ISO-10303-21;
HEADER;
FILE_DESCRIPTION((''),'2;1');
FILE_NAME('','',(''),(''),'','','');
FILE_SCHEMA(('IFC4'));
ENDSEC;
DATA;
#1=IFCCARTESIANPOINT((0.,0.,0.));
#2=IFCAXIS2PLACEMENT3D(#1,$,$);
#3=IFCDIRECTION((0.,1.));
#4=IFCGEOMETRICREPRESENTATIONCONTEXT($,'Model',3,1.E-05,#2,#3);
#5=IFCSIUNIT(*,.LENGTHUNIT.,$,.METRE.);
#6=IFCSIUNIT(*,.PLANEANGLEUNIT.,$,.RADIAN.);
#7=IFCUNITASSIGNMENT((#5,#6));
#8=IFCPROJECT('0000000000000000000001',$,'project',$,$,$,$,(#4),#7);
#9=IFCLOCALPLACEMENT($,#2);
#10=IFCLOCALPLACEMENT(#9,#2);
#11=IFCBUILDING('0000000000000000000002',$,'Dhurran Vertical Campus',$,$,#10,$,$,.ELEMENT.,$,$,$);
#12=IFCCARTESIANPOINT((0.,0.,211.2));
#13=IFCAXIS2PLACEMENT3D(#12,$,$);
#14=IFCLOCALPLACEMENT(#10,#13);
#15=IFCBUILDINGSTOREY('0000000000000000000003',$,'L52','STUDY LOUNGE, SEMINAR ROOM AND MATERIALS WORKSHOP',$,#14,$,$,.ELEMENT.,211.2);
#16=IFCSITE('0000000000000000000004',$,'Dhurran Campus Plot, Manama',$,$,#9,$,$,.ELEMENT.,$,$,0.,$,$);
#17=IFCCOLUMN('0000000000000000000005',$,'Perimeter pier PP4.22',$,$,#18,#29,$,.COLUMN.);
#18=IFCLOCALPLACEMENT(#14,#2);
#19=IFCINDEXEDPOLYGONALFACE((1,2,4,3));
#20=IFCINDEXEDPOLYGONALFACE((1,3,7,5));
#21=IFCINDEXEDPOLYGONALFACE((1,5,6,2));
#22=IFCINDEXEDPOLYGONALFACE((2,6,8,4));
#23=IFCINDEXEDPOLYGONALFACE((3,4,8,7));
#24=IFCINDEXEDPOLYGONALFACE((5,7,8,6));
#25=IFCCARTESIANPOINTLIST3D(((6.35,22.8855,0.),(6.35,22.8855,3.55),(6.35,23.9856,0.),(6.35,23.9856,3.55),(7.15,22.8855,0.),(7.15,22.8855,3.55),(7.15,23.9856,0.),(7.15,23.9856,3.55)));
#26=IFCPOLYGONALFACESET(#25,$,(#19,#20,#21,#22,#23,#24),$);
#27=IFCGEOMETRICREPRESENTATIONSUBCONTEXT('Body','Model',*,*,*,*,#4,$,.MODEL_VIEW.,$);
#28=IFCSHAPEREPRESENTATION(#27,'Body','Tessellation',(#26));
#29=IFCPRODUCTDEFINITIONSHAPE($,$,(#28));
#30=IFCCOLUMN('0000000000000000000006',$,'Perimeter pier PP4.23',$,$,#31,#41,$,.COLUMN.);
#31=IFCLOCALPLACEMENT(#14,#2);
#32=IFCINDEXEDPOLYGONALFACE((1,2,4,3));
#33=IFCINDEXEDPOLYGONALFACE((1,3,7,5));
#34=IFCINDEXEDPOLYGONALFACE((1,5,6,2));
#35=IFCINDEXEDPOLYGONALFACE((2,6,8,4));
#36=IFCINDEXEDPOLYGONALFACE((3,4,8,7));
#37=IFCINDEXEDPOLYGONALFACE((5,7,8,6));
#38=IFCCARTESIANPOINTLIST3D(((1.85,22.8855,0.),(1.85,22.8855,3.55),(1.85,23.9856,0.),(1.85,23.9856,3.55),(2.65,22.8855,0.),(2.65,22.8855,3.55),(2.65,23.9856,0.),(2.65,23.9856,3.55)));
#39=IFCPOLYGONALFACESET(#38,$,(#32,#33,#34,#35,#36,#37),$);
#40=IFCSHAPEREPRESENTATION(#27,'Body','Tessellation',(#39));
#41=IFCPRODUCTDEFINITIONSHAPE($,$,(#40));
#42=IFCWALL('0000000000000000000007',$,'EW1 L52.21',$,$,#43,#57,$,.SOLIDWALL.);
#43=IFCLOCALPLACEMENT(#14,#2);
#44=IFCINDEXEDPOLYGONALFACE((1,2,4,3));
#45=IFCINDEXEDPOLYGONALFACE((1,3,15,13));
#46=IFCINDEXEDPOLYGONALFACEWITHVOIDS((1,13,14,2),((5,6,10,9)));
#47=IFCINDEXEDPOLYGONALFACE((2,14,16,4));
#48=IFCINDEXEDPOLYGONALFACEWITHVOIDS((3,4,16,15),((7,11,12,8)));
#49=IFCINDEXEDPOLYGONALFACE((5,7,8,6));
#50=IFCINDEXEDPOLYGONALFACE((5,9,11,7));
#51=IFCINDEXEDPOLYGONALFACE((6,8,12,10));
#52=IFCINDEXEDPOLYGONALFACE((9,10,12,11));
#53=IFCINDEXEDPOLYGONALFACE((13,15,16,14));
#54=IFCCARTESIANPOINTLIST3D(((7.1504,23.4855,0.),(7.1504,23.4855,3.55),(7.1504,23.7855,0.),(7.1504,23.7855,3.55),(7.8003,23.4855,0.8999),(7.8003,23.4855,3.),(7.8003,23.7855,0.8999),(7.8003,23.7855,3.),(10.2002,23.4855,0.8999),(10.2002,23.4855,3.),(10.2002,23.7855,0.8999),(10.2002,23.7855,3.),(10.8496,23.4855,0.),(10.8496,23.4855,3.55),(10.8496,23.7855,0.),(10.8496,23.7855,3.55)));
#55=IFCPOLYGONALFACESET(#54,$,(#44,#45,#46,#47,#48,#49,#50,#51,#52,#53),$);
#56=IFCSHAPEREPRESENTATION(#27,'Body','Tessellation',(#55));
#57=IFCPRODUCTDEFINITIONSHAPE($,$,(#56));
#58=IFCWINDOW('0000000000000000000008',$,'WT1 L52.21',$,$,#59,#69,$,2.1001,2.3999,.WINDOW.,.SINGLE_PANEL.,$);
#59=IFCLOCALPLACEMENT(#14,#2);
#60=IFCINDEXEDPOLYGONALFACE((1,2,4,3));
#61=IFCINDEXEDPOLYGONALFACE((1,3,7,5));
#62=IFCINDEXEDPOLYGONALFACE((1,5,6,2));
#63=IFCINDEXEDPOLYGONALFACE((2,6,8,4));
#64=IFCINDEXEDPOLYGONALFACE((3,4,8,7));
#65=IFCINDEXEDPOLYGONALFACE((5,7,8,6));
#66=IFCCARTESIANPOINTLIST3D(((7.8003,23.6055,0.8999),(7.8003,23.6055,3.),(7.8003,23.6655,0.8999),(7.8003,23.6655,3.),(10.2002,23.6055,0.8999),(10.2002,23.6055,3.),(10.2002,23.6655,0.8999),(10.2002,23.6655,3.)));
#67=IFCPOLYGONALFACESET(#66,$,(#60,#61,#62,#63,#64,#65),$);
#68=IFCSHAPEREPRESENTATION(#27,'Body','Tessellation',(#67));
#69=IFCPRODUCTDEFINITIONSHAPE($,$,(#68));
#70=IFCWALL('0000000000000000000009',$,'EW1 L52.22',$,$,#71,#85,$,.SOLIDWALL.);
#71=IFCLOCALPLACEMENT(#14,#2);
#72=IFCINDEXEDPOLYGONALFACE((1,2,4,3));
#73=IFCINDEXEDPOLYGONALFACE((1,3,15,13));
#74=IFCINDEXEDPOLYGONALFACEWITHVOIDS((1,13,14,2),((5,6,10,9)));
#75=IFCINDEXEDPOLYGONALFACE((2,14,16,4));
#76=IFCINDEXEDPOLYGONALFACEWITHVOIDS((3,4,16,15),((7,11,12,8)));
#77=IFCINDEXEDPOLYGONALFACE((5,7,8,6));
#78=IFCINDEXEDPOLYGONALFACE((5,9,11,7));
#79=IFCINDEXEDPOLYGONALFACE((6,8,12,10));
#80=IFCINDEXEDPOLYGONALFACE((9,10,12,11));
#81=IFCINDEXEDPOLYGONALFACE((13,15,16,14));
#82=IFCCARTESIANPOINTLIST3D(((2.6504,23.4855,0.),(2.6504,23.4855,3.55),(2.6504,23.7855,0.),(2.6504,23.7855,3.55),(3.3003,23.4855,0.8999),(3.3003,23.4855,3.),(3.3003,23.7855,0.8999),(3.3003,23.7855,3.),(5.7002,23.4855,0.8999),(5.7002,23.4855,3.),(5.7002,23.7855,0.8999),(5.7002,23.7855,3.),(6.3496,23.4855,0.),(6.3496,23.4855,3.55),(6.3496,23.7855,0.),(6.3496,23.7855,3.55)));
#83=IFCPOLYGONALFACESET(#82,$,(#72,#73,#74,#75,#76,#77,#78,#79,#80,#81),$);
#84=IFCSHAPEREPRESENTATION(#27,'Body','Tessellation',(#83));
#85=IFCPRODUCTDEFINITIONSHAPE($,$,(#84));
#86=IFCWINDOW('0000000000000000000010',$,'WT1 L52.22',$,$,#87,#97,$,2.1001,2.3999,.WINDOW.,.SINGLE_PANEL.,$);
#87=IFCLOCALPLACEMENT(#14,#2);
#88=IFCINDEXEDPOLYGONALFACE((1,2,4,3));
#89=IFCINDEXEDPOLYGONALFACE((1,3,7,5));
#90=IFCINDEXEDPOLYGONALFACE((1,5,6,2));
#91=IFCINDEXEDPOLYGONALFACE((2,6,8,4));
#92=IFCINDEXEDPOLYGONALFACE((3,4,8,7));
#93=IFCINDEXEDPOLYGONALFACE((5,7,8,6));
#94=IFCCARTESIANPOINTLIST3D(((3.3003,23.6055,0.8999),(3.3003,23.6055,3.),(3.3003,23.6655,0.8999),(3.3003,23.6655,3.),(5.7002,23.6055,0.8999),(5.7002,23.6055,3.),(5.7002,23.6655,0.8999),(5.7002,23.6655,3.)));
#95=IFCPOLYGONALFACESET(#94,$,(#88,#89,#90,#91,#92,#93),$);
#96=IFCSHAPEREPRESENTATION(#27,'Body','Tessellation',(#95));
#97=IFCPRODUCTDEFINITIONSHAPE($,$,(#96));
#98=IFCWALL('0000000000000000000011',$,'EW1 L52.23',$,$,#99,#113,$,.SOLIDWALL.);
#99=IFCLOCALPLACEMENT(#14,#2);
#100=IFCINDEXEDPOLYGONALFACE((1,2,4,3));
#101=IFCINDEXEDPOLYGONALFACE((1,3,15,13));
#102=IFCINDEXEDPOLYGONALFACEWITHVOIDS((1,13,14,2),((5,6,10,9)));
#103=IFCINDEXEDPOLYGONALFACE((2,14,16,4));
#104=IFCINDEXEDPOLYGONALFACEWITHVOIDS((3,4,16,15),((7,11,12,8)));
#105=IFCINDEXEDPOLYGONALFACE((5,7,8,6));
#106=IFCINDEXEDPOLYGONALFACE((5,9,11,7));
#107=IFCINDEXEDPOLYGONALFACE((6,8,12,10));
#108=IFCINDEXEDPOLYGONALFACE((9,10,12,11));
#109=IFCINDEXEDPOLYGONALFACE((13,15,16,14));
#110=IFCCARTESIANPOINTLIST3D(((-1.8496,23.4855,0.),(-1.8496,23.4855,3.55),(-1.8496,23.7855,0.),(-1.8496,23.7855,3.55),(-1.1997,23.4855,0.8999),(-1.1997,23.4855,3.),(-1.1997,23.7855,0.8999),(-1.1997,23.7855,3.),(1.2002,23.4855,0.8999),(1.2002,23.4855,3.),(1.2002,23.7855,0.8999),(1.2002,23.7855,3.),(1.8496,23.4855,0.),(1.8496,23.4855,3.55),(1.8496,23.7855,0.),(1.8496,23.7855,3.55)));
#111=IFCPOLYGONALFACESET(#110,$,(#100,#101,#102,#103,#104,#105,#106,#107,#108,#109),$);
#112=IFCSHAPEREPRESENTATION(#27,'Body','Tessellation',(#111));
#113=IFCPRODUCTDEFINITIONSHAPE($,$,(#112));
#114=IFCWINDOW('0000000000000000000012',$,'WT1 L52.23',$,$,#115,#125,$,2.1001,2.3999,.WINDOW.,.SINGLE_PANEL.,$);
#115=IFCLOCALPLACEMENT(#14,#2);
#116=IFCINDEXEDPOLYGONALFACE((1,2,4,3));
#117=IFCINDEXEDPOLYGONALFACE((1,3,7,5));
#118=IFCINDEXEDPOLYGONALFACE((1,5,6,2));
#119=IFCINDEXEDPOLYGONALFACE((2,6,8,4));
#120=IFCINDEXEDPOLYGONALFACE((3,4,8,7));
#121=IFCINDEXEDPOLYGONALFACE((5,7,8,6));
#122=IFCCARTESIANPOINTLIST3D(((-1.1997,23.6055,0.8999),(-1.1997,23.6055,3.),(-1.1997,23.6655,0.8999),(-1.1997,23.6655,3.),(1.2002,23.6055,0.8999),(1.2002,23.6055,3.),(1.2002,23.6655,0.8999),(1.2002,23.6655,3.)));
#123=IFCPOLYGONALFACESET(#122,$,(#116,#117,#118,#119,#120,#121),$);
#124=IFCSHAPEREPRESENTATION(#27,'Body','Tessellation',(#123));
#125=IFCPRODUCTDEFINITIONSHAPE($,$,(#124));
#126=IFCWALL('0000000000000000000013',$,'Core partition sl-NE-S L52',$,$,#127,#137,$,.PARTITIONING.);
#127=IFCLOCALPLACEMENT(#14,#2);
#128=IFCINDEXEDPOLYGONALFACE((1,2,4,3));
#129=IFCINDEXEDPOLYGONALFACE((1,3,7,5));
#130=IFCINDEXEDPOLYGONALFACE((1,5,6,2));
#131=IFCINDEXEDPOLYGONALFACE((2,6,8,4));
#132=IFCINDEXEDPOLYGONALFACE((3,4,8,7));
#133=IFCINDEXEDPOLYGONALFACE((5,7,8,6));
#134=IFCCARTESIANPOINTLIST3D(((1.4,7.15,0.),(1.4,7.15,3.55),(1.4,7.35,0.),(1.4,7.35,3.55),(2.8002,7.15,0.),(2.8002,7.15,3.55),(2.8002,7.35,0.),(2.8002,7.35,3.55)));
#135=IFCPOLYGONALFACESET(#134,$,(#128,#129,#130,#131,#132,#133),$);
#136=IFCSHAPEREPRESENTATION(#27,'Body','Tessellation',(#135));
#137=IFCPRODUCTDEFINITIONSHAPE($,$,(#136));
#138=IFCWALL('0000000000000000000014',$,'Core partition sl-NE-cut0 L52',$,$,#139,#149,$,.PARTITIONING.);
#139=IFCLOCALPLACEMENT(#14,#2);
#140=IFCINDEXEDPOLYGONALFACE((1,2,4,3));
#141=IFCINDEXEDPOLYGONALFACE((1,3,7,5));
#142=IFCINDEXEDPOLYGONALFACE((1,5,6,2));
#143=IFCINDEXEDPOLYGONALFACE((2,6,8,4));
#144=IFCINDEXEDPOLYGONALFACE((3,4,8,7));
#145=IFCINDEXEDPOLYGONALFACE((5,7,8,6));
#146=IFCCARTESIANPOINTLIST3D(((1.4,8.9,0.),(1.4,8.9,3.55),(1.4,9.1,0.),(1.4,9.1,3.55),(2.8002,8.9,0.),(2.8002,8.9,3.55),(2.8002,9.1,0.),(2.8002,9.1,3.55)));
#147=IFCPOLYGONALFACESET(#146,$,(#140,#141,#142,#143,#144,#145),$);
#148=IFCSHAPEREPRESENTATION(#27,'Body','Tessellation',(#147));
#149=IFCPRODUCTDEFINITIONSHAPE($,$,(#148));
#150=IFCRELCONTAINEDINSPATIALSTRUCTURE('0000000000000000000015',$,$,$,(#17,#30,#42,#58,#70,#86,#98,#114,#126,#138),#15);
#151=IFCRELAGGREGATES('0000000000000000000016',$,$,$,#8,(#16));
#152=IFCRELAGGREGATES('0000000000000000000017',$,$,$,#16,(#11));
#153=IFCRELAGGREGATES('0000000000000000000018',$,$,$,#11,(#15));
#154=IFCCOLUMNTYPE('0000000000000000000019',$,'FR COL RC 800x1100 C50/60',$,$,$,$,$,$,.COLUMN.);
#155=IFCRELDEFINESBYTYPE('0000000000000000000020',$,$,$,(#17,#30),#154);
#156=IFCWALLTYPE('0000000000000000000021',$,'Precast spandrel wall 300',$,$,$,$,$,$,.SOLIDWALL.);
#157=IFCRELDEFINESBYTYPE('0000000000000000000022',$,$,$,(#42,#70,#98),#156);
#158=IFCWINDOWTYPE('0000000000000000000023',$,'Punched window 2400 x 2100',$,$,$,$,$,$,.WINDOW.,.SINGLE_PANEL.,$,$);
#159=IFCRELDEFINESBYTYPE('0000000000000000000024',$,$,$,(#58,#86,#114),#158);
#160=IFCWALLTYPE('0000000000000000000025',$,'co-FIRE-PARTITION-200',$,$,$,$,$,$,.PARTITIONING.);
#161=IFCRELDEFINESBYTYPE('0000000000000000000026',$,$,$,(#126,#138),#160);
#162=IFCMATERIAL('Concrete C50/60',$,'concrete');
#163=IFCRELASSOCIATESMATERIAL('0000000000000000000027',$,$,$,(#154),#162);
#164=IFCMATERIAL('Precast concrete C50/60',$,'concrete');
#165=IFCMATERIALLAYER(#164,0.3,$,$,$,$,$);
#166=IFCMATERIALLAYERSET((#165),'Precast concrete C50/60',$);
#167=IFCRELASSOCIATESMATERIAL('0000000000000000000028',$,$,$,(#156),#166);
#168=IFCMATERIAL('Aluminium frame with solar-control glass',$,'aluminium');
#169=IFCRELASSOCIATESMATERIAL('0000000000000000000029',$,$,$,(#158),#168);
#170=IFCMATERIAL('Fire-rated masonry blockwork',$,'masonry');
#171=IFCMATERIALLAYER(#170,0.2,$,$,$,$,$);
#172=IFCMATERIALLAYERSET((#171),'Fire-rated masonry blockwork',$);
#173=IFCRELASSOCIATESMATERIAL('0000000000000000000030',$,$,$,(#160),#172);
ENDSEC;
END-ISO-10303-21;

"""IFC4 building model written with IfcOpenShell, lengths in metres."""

from ifc_helpers import new_model, si_unit, direction, frame, frame_2d, origin, origin_2d, place, context, subcontext, project, spatial, rectangle, extrude, material, layer, layer_set, material_profile, profile_set, type_object, element, fill, save


model = new_model("IFC4")

# Units and contexts
model_context = context("Model", 3, precision=1e-05, world=origin(), true_north=direction((0.0, 1.0)))
body_context = subcontext(model_context, "Body", "Model", "MODEL_VIEW")
ifc_project = project(units=[si_unit("LENGTHUNIT", "METRE"), si_unit("PLANEANGLEUNIT", "RADIAN")], contexts=[model_context])

# Site, building, storey
site_placement = place(None, origin())
site = spatial("IfcSite", under=ifc_project, at=site_placement, Name="Dhurran Campus Plot, Manama", CompositionType="ELEMENT", RefElevation=0.0)
building_placement = place(site_placement, origin())
building = spatial("IfcBuilding", under=site, at=building_placement, Name="Dhurran Vertical Campus", CompositionType="ELEMENT")
storey_placement = place(building_placement, frame((0.0, 0.0, 211.2)))
storey = spatial("IfcBuildingStorey", under=building, at=storey_placement, Name="L52", Description="STUDY LOUNGE, SEMINAR ROOM AND MATERIALS WORKSHOP", CompositionType="ELEMENT", Elevation=211.2)

# Columns
ifc_material_1 = material(Name="Concrete C50/60", Category="concrete")
ifc_material_profile = material_profile(ifc_material_1, rectangle(XDim=0.8, YDim=1.1001, at=origin_2d()), Name="RC 800x1100")
ifc_profile_set = profile_set([ifc_material_profile], Name="Concrete C50/60")
column_type = type_object("IfcColumnType", Name="FR COL RC 800x1100 C50/60", PredefinedType="COLUMN", material=ifc_profile_set)
for number, where, z_axis, x_axis, name in (
    (1, (6.75, 23.4355, 0.0), (0.0, 0.0, 1.0), (-1.0, 0.0, 0.0), "Perimeter pier PP4.22"),
    (2, (2.25, 23.4355, 0.0), (0.0, 0.0, 1.0), (-1.0, 0.0, 0.0), "Perimeter pier PP4.23"),
):
    element("IfcColumn", number, at=place(storey_placement, frame(where, z_axis=z_axis, x_axis=x_axis)), inside=storey, type_object=column_type, Name=name, PredefinedType="COLUMN", context=body_context, shape_type="SweptSolid", body=[
        extrude(rectangle(XDim=0.8, YDim=1.1001, at=origin_2d()), origin(), (0.0, 0.0, 1.0), 3.55),
    ])

# Walls, openings, windows
ifc_material_2 = material(Name="Precast concrete C50/60", Category="concrete")
ifc_layer_1 = layer(ifc_material_2, 0.3)
ifc_layer_set_1 = layer_set([ifc_layer_1], Name="Precast concrete C50/60")
wall_type_1 = type_object("IfcWallType", Name="Precast spandrel wall 300", PredefinedType="SOLIDWALL", material=ifc_layer_set_1)
wall_1_placement = place(storey_placement, frame((10.8496, 23.6355, 0.0), z_axis=(0.0, 0.0, 1.0), x_axis=(-1.0, 0.0, 0.0)))
wall_1 = element("IfcWall", 3, at=wall_1_placement, inside=storey, type_object=wall_type_1, Name="EW1 L52.21", PredefinedType="SOLIDWALL", context=body_context, shape_type="SweptSolid", body=[
    extrude(rectangle(XDim=3.6992, YDim=0.3, at=frame_2d((1.8496, 0.0))), origin(), (0.0, 0.0, 1.0), 3.55),
])
opening_1_placement = place(wall_1_placement, frame((0.6494, 0.0, 0.8999)))
opening_1 = element("IfcOpeningElement", 4, at=opening_1_placement, cuts=wall_1, PredefinedType="OPENING", context=body_context, shape_type="SweptSolid", body=[
    extrude(rectangle(XDim=2.3999, YDim=2.1001, at=frame_2d((1.2, 1.05))), frame((0.0, 0.1599, 0.0), z_axis=(0.0, -1.0, 0.0), x_axis=(1.0, 0.0, 0.0)), (0.0, 0.0, 1.0), 0.3201),
])
ifc_material_3 = material(Name="Aluminium frame with solar-control glass", Category="aluminium")
window_type = type_object("IfcWindowType", Name="Punched window 2400 x 2100", PartitioningType="SINGLE_PANEL", PredefinedType="WINDOW", material=ifc_material_3)
window_1_placement = place(opening_1_placement, origin())
window_1 = element("IfcWindow", 5, at=window_1_placement, inside=storey, type_object=window_type, Name="WT1 L52.21", OverallHeight=2.1001, OverallWidth=2.3999, PartitioningType="SINGLE_PANEL", PredefinedType="WINDOW", context=body_context, shape_type="SweptSolid", body=[
    extrude(rectangle(XDim=2.3999, YDim=2.1001, at=frame_2d((1.2, 1.05))), frame((0.0, 0.03, 0.0), z_axis=(0.0, -1.0, 0.0), x_axis=(1.0, 0.0, 0.0)), (0.0, 0.0, 1.0), 0.0601),
])
fill(opening_1, window_1)
wall_2_placement = place(storey_placement, frame((6.3496, 23.6355, 0.0), z_axis=(0.0, 0.0, 1.0), x_axis=(-1.0, 0.0, 0.0)))
wall_2 = element("IfcWall", 6, at=wall_2_placement, inside=storey, type_object=wall_type_1, Name="EW1 L52.22", PredefinedType="SOLIDWALL", context=body_context, shape_type="SweptSolid", body=[
    extrude(rectangle(XDim=3.6992, YDim=0.3, at=frame_2d((1.8496, 0.0))), origin(), (0.0, 0.0, 1.0), 3.55),
])
opening_2_placement = place(wall_2_placement, frame((0.6494, 0.0, 0.8999)))
opening_2 = element("IfcOpeningElement", 7, at=opening_2_placement, cuts=wall_2, PredefinedType="OPENING", context=body_context, shape_type="SweptSolid", body=[
    extrude(rectangle(XDim=2.3999, YDim=2.1001, at=frame_2d((1.2, 1.05))), frame((0.0, 0.1599, 0.0), z_axis=(0.0, -1.0, 0.0), x_axis=(1.0, 0.0, 0.0)), (0.0, 0.0, 1.0), 0.3201),
])
window_2_placement = place(opening_2_placement, origin())
window_2 = element("IfcWindow", 8, at=window_2_placement, inside=storey, type_object=window_type, Name="WT1 L52.22", OverallHeight=2.1001, OverallWidth=2.3999, PartitioningType="SINGLE_PANEL", PredefinedType="WINDOW", context=body_context, shape_type="SweptSolid", body=[
    extrude(rectangle(XDim=2.3999, YDim=2.1001, at=frame_2d((1.2, 1.05))), frame((0.0, 0.03, 0.0), z_axis=(0.0, -1.0, 0.0), x_axis=(1.0, 0.0, 0.0)), (0.0, 0.0, 1.0), 0.0601),
])
fill(opening_2, window_2)
wall_3_placement = place(storey_placement, frame((1.8496, 23.6355, 0.0), z_axis=(0.0, 0.0, 1.0), x_axis=(-1.0, 0.0, 0.0)))
wall_3 = element("IfcWall", 9, at=wall_3_placement, inside=storey, type_object=wall_type_1, Name="EW1 L52.23", PredefinedType="SOLIDWALL", context=body_context, shape_type="SweptSolid", body=[
    extrude(rectangle(XDim=3.6992, YDim=0.3, at=frame_2d((1.8496, 0.0))), origin(), (0.0, 0.0, 1.0), 3.55),
])
opening_3_placement = place(wall_3_placement, frame((0.6494, 0.0, 0.8999)))
opening_3 = element("IfcOpeningElement", 10, at=opening_3_placement, cuts=wall_3, PredefinedType="OPENING", context=body_context, shape_type="SweptSolid", body=[
    extrude(rectangle(XDim=2.3999, YDim=2.1001, at=frame_2d((1.2, 1.05))), frame((0.0, 0.1599, 0.0), z_axis=(0.0, -1.0, 0.0), x_axis=(1.0, 0.0, 0.0)), (0.0, 0.0, 1.0), 0.3201),
])
window_3_placement = place(opening_3_placement, origin())
window_3 = element("IfcWindow", 11, at=window_3_placement, inside=storey, type_object=window_type, Name="WT1 L52.23", OverallHeight=2.1001, OverallWidth=2.3999, PartitioningType="SINGLE_PANEL", PredefinedType="WINDOW", context=body_context, shape_type="SweptSolid", body=[
    extrude(rectangle(XDim=2.3999, YDim=2.1001, at=frame_2d((1.2, 1.05))), frame((0.0, 0.03, 0.0), z_axis=(0.0, -1.0, 0.0), x_axis=(1.0, 0.0, 0.0)), (0.0, 0.0, 1.0), 0.0601),
])
fill(opening_3, window_3)

# Walls
ifc_material_4 = material(Name="Fire-rated masonry blockwork", Category="masonry")
ifc_layer_2 = layer(ifc_material_4, 0.2)
ifc_layer_set_2 = layer_set([ifc_layer_2], Name="Fire-rated masonry blockwork")
wall_type_2 = type_object("IfcWallType", Name="co-FIRE-PARTITION-200", PredefinedType="PARTITIONING", material=ifc_layer_set_2)
for number, where, z_axis, x_axis, name in (
    (12, (1.3999, 7.25, 0.0), (0.0, 0.0, 1.0), (1.0, 0.0, 0.0), "Core partition sl-NE-S L52"),
    (13, (1.3999, 9.0, 0.0), (0.0, 0.0, 1.0), (1.0, 0.0, 0.0), "Core partition sl-NE-cut0 L52"),
):
    element("IfcWall", number, at=place(storey_placement, frame(where, z_axis=z_axis, x_axis=x_axis)), inside=storey, type_object=wall_type_2, Name=name, PredefinedType="PARTITIONING", context=body_context, shape_type="SweptSolid", body=[
        extrude(rectangle(XDim=1.4001, YDim=0.2, at=frame_2d((0.7002, 0.0))), origin(), (0.0, 0.0, 1.0), 3.55),
    ])

save(model, "model.ifc")
